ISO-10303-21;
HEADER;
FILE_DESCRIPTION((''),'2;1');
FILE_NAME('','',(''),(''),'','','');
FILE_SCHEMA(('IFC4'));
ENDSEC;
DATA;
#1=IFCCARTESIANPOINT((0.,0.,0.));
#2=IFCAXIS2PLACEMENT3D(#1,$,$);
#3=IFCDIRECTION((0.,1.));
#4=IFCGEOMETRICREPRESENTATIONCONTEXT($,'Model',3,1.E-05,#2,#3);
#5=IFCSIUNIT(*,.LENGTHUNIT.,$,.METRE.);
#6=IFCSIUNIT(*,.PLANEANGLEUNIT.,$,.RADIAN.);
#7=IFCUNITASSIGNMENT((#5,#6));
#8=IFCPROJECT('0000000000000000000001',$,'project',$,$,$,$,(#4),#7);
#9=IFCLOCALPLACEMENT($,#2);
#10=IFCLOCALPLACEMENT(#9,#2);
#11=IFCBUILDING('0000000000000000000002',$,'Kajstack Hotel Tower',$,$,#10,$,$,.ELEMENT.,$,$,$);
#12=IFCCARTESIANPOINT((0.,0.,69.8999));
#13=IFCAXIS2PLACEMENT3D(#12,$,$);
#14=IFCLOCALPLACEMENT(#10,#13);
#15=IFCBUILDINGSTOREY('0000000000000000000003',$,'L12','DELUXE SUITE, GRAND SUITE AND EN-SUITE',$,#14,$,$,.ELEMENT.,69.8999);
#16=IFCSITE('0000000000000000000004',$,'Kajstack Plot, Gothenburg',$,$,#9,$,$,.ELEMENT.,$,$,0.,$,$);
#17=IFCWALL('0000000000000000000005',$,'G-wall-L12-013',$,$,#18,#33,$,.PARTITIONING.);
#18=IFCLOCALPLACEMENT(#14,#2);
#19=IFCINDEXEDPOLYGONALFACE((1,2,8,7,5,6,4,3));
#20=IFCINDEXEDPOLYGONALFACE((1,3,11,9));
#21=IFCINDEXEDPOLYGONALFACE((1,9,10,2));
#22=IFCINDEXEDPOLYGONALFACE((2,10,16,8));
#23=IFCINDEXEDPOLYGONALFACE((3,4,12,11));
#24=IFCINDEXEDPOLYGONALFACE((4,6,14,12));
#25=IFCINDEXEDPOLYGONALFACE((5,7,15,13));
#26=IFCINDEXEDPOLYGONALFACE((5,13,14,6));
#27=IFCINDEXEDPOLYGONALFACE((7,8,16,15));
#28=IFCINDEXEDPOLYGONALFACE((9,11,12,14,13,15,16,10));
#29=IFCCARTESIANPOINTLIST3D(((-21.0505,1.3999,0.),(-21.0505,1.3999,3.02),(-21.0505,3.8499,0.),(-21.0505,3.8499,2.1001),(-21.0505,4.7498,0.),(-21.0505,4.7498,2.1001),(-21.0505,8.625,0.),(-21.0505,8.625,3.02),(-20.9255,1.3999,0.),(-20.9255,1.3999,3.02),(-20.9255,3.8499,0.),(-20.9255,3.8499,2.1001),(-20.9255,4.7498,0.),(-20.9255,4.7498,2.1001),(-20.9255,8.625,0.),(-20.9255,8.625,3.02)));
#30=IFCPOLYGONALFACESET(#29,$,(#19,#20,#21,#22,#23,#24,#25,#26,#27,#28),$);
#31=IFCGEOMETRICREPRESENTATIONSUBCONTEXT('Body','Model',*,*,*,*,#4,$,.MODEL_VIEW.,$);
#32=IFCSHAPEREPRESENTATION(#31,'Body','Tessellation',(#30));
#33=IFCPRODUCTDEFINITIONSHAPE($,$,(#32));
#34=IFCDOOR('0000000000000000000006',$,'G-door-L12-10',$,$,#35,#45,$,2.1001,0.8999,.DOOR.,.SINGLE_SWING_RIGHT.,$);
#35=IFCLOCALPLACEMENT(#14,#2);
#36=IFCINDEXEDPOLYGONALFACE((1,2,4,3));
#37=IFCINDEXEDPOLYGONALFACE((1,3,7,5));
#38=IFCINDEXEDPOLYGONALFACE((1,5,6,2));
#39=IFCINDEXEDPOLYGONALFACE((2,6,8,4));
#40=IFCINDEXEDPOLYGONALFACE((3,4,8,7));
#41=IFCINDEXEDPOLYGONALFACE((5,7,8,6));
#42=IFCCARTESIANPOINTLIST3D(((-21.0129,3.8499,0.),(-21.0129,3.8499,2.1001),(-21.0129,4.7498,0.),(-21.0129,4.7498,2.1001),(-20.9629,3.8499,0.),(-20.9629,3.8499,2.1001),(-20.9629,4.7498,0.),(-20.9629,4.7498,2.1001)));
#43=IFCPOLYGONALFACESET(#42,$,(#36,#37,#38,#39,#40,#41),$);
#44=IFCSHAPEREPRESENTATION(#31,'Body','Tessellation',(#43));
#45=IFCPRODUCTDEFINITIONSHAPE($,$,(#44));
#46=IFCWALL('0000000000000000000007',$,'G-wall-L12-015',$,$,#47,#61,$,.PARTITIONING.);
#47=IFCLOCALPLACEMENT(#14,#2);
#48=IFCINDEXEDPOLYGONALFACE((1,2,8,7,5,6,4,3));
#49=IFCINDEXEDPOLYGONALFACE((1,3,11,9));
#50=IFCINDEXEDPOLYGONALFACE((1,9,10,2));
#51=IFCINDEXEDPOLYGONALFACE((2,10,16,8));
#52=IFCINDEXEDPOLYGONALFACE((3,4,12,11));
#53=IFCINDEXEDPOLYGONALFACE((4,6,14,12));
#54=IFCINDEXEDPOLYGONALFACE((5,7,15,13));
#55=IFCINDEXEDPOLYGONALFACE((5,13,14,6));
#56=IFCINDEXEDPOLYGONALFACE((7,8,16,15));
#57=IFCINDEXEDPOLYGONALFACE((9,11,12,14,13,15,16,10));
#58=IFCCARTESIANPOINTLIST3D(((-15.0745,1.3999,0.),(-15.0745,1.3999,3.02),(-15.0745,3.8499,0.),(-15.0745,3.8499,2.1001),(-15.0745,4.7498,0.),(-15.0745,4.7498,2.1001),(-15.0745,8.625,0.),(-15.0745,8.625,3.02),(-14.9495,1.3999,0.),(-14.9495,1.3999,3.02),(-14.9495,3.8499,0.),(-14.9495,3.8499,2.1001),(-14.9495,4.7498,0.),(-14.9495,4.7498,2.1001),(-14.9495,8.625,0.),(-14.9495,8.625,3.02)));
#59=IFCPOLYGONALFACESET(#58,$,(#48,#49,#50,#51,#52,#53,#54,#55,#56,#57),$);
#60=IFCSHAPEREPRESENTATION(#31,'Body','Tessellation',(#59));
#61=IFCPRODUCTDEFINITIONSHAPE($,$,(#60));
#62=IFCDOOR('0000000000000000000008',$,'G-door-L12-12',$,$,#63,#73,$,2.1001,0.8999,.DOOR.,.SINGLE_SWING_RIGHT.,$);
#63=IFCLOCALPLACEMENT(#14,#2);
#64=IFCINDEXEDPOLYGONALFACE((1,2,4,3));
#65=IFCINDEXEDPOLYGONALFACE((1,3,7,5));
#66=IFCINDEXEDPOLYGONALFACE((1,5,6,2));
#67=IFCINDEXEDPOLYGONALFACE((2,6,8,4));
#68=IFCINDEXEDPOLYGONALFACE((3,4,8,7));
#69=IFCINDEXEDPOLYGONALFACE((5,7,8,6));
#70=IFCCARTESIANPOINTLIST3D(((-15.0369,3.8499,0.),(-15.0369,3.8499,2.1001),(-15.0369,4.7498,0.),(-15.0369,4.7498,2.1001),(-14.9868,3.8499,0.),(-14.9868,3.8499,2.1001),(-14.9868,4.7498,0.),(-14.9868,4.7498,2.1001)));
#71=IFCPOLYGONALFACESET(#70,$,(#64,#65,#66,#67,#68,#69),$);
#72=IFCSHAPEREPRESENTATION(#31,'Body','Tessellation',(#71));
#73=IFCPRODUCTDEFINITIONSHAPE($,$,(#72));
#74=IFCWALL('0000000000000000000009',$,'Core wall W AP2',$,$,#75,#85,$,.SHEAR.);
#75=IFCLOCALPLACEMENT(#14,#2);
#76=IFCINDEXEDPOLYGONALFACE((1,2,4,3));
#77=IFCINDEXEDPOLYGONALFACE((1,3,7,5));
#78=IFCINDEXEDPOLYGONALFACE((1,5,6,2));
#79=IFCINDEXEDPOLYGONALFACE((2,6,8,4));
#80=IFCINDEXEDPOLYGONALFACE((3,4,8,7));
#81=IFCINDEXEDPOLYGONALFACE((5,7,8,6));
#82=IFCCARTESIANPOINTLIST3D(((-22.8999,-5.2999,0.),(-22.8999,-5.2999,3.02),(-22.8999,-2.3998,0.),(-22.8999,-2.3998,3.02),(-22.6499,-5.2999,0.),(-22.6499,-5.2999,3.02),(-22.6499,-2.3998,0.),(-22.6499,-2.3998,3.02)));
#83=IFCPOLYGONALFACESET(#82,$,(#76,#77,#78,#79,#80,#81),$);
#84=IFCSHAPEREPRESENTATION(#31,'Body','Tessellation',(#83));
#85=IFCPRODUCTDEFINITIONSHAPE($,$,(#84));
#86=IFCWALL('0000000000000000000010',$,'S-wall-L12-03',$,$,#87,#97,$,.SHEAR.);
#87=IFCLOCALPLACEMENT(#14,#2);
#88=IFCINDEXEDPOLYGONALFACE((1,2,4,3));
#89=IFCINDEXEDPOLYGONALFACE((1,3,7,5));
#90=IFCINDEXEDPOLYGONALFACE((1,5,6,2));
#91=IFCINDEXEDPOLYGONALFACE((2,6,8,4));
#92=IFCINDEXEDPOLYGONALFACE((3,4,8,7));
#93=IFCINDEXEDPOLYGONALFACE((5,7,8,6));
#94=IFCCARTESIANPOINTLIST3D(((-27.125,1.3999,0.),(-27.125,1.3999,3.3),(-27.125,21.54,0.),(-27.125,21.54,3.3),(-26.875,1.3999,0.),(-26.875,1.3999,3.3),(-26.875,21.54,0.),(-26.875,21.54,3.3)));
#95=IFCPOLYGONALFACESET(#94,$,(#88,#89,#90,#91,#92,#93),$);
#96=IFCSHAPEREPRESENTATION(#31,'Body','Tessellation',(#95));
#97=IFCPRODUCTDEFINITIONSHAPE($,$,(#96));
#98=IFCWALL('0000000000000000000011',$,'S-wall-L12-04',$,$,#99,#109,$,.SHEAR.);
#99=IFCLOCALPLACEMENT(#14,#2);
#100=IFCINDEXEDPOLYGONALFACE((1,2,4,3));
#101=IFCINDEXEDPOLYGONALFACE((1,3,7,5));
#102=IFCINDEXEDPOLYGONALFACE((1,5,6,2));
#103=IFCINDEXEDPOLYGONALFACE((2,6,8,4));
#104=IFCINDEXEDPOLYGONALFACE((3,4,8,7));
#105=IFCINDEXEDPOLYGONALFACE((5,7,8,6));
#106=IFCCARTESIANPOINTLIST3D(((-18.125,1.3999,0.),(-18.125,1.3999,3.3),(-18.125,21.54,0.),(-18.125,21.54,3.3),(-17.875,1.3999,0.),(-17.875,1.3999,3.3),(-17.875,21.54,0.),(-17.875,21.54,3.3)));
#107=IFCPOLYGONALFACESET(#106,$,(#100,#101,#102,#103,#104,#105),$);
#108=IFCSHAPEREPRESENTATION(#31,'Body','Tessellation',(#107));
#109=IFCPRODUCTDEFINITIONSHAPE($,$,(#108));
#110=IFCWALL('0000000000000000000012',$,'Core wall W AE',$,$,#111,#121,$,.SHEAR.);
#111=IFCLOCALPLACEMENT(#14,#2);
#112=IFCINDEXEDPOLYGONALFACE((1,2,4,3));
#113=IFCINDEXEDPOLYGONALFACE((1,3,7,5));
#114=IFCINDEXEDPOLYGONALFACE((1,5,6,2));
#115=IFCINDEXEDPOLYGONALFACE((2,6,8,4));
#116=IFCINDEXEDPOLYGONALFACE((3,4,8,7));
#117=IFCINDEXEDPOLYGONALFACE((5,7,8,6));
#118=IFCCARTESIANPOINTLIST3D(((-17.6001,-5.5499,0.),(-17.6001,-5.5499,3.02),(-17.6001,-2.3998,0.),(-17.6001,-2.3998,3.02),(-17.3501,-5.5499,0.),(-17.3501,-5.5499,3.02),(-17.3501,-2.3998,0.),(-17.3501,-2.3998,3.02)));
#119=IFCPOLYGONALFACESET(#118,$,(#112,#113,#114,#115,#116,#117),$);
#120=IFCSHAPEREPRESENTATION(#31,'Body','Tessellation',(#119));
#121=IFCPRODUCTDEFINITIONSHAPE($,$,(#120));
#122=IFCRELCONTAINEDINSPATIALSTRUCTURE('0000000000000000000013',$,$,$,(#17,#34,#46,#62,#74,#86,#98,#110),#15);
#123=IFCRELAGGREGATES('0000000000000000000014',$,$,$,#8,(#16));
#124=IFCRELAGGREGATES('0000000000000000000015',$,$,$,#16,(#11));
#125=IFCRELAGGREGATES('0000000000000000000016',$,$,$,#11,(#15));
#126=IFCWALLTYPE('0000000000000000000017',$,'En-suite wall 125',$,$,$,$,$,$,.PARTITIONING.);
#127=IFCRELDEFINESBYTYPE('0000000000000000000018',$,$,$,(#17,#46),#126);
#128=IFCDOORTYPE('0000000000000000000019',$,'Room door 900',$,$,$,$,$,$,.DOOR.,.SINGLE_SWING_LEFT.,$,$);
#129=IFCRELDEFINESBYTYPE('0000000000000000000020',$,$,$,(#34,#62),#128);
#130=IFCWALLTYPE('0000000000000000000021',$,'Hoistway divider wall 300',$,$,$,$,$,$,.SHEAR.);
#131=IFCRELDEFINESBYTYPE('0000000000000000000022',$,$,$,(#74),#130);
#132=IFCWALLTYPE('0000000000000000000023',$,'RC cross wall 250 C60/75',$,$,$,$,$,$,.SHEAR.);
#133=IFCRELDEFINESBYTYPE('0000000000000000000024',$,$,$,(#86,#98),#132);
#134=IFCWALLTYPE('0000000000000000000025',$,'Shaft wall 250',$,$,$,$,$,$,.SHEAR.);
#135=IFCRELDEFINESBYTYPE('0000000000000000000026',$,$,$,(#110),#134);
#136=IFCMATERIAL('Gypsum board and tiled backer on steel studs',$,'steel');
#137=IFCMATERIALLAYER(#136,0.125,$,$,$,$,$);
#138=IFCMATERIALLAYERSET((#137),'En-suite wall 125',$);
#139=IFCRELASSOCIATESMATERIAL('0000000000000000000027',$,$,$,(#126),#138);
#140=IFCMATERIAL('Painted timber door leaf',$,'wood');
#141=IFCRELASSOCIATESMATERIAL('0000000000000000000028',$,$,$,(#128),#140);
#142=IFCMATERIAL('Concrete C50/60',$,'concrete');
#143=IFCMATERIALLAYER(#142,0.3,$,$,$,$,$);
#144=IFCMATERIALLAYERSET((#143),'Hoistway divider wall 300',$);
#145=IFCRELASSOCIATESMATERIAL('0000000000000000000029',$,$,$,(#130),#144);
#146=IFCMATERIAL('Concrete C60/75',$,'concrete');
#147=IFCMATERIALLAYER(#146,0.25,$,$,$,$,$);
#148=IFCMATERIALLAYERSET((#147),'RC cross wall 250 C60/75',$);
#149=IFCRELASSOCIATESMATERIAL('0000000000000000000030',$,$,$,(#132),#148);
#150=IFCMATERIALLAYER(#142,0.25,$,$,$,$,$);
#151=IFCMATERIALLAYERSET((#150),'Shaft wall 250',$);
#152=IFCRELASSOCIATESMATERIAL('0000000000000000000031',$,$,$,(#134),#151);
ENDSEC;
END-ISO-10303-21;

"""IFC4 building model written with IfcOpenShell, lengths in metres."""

from ifc_helpers import new_model, si_unit, direction, frame, frame_2d, origin, place, context, subcontext, project, spatial, rectangle, extrude, material, layer, layer_set, type_object, element, fill, save


model = new_model("IFC4")

# Units and contexts
model_context = context("Model", 3, precision=1e-05, world=origin(), true_north=direction((0.0, 1.0)))
body_context = subcontext(model_context, "Body", "Model", "MODEL_VIEW")
ifc_project = project(units=[si_unit("LENGTHUNIT", "METRE"), si_unit("PLANEANGLEUNIT", "RADIAN")], contexts=[model_context])

# Site, building, storey
site_placement = place(None, origin())
site = spatial("IfcSite", under=ifc_project, at=site_placement, Name="Kajstack Plot, Gothenburg", CompositionType="ELEMENT", RefElevation=0.0)
building_placement = place(site_placement, origin())
building = spatial("IfcBuilding", under=site, at=building_placement, Name="Kajstack Hotel Tower", CompositionType="ELEMENT")
storey_placement = place(building_placement, frame((0.0, 0.0, 69.8999)))
storey = spatial("IfcBuildingStorey", under=building, at=storey_placement, Name="L12", Description="DELUXE SUITE, GRAND SUITE AND EN-SUITE", CompositionType="ELEMENT", Elevation=69.8999)

# Walls, openings, doors
ifc_material_1 = material(Name="Gypsum board and tiled backer on steel studs", Category="steel")
ifc_layer_1 = layer(ifc_material_1, 0.125)
ifc_layer_set_1 = layer_set([ifc_layer_1], Name="En-suite wall 125")
wall_type_1 = type_object("IfcWallType", Name="En-suite wall 125", PredefinedType="PARTITIONING", material=ifc_layer_set_1)
wall_1_placement = place(storey_placement, frame((-20.988, 1.3999, 0.0), z_axis=(0.0, 0.0, 1.0), x_axis=(0.0, 1.0, 0.0)))
wall_1 = element("IfcWall", 1, at=wall_1_placement, inside=storey, type_object=wall_type_1, Name="G-wall-L12-013", PredefinedType="PARTITIONING", context=body_context, shape_type="SweptSolid", body=[
    extrude(rectangle(XDim=7.2251, YDim=0.125, at=frame_2d((3.6125, 0.0))), origin(), (0.0, 0.0, 1.0), 3.02),
])
opening_1_placement = place(wall_1_placement, frame((2.45, 0.0, 0.0)))
opening_1 = element("IfcOpeningElement", 2, at=opening_1_placement, cuts=wall_1, PredefinedType="OPENING", context=body_context, shape_type="SweptSolid", body=[
    extrude(rectangle(XDim=0.8999, YDim=2.1001, at=frame_2d((0.45, 1.05))), frame((0.0, 0.0725, 0.0), z_axis=(0.0, -1.0, 0.0), x_axis=(1.0, 0.0, 0.0)), (0.0, 0.0, 1.0), 0.145),
])
ifc_material_2 = material(Name="Painted timber door leaf", Category="wood")
door_type = type_object("IfcDoorType", Name="Room door 900", OperationType="SINGLE_SWING_LEFT", PredefinedType="DOOR", material=ifc_material_2)
door_1_placement = place(opening_1_placement, origin())
door_1 = element("IfcDoor", 3, at=door_1_placement, inside=storey, type_object=door_type, Name="G-door-L12-10", OperationType="SINGLE_SWING_RIGHT", OverallHeight=2.1001, OverallWidth=0.8999, PredefinedType="DOOR", context=body_context, shape_type="SweptSolid", body=[
    extrude(rectangle(XDim=0.8999, YDim=2.1001, at=frame_2d((0.45, 1.05))), frame((0.0, 0.0249, 0.0), z_axis=(0.0, -1.0, 0.0), x_axis=(1.0, 0.0, 0.0)), (0.0, 0.0, 1.0), 0.05),
])
fill(opening_1, door_1)
wall_2_placement = place(storey_placement, frame((-15.012, 1.3999, 0.0), z_axis=(0.0, 0.0, 1.0), x_axis=(0.0, 1.0, 0.0)))
wall_2 = element("IfcWall", 4, at=wall_2_placement, inside=storey, type_object=wall_type_1, Name="G-wall-L12-015", PredefinedType="PARTITIONING", context=body_context, shape_type="SweptSolid", body=[
    extrude(rectangle(XDim=7.2251, YDim=0.125, at=frame_2d((3.6125, 0.0))), origin(), (0.0, 0.0, 1.0), 3.02),
])
opening_2_placement = place(wall_2_placement, frame((2.45, 0.0, 0.0)))
opening_2 = element("IfcOpeningElement", 5, at=opening_2_placement, cuts=wall_2, PredefinedType="OPENING", context=body_context, shape_type="SweptSolid", body=[
    extrude(rectangle(XDim=0.8999, YDim=2.1001, at=frame_2d((0.45, 1.05))), frame((0.0, 0.0725, 0.0), z_axis=(0.0, -1.0, 0.0), x_axis=(1.0, 0.0, 0.0)), (0.0, 0.0, 1.0), 0.145),
])
door_2_placement = place(opening_2_placement, origin())
door_2 = element("IfcDoor", 6, at=door_2_placement, inside=storey, type_object=door_type, Name="G-door-L12-12", OperationType="SINGLE_SWING_RIGHT", OverallHeight=2.1001, OverallWidth=0.8999, PredefinedType="DOOR", context=body_context, shape_type="SweptSolid", body=[
    extrude(rectangle(XDim=0.8999, YDim=2.1001, at=frame_2d((0.45, 1.05))), frame((0.0, 0.0249, 0.0), z_axis=(0.0, -1.0, 0.0), x_axis=(1.0, 0.0, 0.0)), (0.0, 0.0, 1.0), 0.05),
])
fill(opening_2, door_2)

# Walls
ifc_material_3 = material(Name="Concrete C50/60", Category="concrete")
ifc_layer_2 = layer(ifc_material_3, 0.3)
ifc_layer_set_2 = layer_set([ifc_layer_2], Name="Hoistway divider wall 300")
wall_type_2 = type_object("IfcWallType", Name="Hoistway divider wall 300", PredefinedType="SHEAR", material=ifc_layer_set_2)
wall_3_placement = place(storey_placement, frame((-22.7749, -5.3, 0.0), z_axis=(0.0, 0.0, 1.0), x_axis=(0.0, 1.0, 0.0)))
element("IfcWall", 7, at=wall_3_placement, inside=storey, type_object=wall_type_2, Name="Core wall W AP2", PredefinedType="SHEAR", context=body_context, shape_type="SweptSolid", body=[
    extrude(rectangle(XDim=2.9001, YDim=0.25, at=frame_2d((1.4502, 0.0))), origin(), (0.0, 0.0, 1.0), 3.02),
])
ifc_material_4 = material(Name="Concrete C60/75", Category="concrete")
ifc_layer_3 = layer(ifc_material_4, 0.25)
ifc_layer_set_3 = layer_set([ifc_layer_3], Name="RC cross wall 250 C60/75")
wall_type_3 = type_object("IfcWallType", Name="RC cross wall 250 C60/75", PredefinedType="SHEAR", material=ifc_layer_set_3)
for number, where, z_axis, x_axis, name in (
    (8, (-27.0, 1.3999, 0.0), (0.0, 0.0, 1.0), (0.0, 1.0, 0.0), "S-wall-L12-03"),
    (9, (-18.0, 1.3999, 0.0), (0.0, 0.0, 1.0), (0.0, 1.0, 0.0), "S-wall-L12-04"),
):
    element("IfcWall", number, at=place(storey_placement, frame(where, z_axis=z_axis, x_axis=x_axis)), inside=storey, type_object=wall_type_3, Name=name, PredefinedType="SHEAR", context=body_context, shape_type="SweptSolid", body=[
        extrude(rectangle(XDim=20.1401, YDim=0.25, at=frame_2d((10.0701, 0.0))), origin(), (0.0, 0.0, 1.0), 3.3),
    ])
ifc_layer_4 = layer(ifc_material_3, 0.25)
ifc_layer_set_4 = layer_set([ifc_layer_4], Name="Shaft wall 250")
wall_type_4 = type_object("IfcWallType", Name="Shaft wall 250", PredefinedType="SHEAR", material=ifc_layer_set_4)
wall_4_placement = place(storey_placement, frame((-17.4751, -5.55, 0.0), z_axis=(0.0, 0.0, 1.0), x_axis=(0.0, 1.0, 0.0)))
element("IfcWall", 10, at=wall_4_placement, inside=storey, type_object=wall_type_4, Name="Core wall W AE", PredefinedType="SHEAR", context=body_context, shape_type="SweptSolid", body=[
    extrude(rectangle(XDim=3.1501, YDim=0.25, at=frame_2d((1.5752, 0.0))), origin(), (0.0, 0.0, 1.0), 3.02),
])

save(model, "model.ifc")
